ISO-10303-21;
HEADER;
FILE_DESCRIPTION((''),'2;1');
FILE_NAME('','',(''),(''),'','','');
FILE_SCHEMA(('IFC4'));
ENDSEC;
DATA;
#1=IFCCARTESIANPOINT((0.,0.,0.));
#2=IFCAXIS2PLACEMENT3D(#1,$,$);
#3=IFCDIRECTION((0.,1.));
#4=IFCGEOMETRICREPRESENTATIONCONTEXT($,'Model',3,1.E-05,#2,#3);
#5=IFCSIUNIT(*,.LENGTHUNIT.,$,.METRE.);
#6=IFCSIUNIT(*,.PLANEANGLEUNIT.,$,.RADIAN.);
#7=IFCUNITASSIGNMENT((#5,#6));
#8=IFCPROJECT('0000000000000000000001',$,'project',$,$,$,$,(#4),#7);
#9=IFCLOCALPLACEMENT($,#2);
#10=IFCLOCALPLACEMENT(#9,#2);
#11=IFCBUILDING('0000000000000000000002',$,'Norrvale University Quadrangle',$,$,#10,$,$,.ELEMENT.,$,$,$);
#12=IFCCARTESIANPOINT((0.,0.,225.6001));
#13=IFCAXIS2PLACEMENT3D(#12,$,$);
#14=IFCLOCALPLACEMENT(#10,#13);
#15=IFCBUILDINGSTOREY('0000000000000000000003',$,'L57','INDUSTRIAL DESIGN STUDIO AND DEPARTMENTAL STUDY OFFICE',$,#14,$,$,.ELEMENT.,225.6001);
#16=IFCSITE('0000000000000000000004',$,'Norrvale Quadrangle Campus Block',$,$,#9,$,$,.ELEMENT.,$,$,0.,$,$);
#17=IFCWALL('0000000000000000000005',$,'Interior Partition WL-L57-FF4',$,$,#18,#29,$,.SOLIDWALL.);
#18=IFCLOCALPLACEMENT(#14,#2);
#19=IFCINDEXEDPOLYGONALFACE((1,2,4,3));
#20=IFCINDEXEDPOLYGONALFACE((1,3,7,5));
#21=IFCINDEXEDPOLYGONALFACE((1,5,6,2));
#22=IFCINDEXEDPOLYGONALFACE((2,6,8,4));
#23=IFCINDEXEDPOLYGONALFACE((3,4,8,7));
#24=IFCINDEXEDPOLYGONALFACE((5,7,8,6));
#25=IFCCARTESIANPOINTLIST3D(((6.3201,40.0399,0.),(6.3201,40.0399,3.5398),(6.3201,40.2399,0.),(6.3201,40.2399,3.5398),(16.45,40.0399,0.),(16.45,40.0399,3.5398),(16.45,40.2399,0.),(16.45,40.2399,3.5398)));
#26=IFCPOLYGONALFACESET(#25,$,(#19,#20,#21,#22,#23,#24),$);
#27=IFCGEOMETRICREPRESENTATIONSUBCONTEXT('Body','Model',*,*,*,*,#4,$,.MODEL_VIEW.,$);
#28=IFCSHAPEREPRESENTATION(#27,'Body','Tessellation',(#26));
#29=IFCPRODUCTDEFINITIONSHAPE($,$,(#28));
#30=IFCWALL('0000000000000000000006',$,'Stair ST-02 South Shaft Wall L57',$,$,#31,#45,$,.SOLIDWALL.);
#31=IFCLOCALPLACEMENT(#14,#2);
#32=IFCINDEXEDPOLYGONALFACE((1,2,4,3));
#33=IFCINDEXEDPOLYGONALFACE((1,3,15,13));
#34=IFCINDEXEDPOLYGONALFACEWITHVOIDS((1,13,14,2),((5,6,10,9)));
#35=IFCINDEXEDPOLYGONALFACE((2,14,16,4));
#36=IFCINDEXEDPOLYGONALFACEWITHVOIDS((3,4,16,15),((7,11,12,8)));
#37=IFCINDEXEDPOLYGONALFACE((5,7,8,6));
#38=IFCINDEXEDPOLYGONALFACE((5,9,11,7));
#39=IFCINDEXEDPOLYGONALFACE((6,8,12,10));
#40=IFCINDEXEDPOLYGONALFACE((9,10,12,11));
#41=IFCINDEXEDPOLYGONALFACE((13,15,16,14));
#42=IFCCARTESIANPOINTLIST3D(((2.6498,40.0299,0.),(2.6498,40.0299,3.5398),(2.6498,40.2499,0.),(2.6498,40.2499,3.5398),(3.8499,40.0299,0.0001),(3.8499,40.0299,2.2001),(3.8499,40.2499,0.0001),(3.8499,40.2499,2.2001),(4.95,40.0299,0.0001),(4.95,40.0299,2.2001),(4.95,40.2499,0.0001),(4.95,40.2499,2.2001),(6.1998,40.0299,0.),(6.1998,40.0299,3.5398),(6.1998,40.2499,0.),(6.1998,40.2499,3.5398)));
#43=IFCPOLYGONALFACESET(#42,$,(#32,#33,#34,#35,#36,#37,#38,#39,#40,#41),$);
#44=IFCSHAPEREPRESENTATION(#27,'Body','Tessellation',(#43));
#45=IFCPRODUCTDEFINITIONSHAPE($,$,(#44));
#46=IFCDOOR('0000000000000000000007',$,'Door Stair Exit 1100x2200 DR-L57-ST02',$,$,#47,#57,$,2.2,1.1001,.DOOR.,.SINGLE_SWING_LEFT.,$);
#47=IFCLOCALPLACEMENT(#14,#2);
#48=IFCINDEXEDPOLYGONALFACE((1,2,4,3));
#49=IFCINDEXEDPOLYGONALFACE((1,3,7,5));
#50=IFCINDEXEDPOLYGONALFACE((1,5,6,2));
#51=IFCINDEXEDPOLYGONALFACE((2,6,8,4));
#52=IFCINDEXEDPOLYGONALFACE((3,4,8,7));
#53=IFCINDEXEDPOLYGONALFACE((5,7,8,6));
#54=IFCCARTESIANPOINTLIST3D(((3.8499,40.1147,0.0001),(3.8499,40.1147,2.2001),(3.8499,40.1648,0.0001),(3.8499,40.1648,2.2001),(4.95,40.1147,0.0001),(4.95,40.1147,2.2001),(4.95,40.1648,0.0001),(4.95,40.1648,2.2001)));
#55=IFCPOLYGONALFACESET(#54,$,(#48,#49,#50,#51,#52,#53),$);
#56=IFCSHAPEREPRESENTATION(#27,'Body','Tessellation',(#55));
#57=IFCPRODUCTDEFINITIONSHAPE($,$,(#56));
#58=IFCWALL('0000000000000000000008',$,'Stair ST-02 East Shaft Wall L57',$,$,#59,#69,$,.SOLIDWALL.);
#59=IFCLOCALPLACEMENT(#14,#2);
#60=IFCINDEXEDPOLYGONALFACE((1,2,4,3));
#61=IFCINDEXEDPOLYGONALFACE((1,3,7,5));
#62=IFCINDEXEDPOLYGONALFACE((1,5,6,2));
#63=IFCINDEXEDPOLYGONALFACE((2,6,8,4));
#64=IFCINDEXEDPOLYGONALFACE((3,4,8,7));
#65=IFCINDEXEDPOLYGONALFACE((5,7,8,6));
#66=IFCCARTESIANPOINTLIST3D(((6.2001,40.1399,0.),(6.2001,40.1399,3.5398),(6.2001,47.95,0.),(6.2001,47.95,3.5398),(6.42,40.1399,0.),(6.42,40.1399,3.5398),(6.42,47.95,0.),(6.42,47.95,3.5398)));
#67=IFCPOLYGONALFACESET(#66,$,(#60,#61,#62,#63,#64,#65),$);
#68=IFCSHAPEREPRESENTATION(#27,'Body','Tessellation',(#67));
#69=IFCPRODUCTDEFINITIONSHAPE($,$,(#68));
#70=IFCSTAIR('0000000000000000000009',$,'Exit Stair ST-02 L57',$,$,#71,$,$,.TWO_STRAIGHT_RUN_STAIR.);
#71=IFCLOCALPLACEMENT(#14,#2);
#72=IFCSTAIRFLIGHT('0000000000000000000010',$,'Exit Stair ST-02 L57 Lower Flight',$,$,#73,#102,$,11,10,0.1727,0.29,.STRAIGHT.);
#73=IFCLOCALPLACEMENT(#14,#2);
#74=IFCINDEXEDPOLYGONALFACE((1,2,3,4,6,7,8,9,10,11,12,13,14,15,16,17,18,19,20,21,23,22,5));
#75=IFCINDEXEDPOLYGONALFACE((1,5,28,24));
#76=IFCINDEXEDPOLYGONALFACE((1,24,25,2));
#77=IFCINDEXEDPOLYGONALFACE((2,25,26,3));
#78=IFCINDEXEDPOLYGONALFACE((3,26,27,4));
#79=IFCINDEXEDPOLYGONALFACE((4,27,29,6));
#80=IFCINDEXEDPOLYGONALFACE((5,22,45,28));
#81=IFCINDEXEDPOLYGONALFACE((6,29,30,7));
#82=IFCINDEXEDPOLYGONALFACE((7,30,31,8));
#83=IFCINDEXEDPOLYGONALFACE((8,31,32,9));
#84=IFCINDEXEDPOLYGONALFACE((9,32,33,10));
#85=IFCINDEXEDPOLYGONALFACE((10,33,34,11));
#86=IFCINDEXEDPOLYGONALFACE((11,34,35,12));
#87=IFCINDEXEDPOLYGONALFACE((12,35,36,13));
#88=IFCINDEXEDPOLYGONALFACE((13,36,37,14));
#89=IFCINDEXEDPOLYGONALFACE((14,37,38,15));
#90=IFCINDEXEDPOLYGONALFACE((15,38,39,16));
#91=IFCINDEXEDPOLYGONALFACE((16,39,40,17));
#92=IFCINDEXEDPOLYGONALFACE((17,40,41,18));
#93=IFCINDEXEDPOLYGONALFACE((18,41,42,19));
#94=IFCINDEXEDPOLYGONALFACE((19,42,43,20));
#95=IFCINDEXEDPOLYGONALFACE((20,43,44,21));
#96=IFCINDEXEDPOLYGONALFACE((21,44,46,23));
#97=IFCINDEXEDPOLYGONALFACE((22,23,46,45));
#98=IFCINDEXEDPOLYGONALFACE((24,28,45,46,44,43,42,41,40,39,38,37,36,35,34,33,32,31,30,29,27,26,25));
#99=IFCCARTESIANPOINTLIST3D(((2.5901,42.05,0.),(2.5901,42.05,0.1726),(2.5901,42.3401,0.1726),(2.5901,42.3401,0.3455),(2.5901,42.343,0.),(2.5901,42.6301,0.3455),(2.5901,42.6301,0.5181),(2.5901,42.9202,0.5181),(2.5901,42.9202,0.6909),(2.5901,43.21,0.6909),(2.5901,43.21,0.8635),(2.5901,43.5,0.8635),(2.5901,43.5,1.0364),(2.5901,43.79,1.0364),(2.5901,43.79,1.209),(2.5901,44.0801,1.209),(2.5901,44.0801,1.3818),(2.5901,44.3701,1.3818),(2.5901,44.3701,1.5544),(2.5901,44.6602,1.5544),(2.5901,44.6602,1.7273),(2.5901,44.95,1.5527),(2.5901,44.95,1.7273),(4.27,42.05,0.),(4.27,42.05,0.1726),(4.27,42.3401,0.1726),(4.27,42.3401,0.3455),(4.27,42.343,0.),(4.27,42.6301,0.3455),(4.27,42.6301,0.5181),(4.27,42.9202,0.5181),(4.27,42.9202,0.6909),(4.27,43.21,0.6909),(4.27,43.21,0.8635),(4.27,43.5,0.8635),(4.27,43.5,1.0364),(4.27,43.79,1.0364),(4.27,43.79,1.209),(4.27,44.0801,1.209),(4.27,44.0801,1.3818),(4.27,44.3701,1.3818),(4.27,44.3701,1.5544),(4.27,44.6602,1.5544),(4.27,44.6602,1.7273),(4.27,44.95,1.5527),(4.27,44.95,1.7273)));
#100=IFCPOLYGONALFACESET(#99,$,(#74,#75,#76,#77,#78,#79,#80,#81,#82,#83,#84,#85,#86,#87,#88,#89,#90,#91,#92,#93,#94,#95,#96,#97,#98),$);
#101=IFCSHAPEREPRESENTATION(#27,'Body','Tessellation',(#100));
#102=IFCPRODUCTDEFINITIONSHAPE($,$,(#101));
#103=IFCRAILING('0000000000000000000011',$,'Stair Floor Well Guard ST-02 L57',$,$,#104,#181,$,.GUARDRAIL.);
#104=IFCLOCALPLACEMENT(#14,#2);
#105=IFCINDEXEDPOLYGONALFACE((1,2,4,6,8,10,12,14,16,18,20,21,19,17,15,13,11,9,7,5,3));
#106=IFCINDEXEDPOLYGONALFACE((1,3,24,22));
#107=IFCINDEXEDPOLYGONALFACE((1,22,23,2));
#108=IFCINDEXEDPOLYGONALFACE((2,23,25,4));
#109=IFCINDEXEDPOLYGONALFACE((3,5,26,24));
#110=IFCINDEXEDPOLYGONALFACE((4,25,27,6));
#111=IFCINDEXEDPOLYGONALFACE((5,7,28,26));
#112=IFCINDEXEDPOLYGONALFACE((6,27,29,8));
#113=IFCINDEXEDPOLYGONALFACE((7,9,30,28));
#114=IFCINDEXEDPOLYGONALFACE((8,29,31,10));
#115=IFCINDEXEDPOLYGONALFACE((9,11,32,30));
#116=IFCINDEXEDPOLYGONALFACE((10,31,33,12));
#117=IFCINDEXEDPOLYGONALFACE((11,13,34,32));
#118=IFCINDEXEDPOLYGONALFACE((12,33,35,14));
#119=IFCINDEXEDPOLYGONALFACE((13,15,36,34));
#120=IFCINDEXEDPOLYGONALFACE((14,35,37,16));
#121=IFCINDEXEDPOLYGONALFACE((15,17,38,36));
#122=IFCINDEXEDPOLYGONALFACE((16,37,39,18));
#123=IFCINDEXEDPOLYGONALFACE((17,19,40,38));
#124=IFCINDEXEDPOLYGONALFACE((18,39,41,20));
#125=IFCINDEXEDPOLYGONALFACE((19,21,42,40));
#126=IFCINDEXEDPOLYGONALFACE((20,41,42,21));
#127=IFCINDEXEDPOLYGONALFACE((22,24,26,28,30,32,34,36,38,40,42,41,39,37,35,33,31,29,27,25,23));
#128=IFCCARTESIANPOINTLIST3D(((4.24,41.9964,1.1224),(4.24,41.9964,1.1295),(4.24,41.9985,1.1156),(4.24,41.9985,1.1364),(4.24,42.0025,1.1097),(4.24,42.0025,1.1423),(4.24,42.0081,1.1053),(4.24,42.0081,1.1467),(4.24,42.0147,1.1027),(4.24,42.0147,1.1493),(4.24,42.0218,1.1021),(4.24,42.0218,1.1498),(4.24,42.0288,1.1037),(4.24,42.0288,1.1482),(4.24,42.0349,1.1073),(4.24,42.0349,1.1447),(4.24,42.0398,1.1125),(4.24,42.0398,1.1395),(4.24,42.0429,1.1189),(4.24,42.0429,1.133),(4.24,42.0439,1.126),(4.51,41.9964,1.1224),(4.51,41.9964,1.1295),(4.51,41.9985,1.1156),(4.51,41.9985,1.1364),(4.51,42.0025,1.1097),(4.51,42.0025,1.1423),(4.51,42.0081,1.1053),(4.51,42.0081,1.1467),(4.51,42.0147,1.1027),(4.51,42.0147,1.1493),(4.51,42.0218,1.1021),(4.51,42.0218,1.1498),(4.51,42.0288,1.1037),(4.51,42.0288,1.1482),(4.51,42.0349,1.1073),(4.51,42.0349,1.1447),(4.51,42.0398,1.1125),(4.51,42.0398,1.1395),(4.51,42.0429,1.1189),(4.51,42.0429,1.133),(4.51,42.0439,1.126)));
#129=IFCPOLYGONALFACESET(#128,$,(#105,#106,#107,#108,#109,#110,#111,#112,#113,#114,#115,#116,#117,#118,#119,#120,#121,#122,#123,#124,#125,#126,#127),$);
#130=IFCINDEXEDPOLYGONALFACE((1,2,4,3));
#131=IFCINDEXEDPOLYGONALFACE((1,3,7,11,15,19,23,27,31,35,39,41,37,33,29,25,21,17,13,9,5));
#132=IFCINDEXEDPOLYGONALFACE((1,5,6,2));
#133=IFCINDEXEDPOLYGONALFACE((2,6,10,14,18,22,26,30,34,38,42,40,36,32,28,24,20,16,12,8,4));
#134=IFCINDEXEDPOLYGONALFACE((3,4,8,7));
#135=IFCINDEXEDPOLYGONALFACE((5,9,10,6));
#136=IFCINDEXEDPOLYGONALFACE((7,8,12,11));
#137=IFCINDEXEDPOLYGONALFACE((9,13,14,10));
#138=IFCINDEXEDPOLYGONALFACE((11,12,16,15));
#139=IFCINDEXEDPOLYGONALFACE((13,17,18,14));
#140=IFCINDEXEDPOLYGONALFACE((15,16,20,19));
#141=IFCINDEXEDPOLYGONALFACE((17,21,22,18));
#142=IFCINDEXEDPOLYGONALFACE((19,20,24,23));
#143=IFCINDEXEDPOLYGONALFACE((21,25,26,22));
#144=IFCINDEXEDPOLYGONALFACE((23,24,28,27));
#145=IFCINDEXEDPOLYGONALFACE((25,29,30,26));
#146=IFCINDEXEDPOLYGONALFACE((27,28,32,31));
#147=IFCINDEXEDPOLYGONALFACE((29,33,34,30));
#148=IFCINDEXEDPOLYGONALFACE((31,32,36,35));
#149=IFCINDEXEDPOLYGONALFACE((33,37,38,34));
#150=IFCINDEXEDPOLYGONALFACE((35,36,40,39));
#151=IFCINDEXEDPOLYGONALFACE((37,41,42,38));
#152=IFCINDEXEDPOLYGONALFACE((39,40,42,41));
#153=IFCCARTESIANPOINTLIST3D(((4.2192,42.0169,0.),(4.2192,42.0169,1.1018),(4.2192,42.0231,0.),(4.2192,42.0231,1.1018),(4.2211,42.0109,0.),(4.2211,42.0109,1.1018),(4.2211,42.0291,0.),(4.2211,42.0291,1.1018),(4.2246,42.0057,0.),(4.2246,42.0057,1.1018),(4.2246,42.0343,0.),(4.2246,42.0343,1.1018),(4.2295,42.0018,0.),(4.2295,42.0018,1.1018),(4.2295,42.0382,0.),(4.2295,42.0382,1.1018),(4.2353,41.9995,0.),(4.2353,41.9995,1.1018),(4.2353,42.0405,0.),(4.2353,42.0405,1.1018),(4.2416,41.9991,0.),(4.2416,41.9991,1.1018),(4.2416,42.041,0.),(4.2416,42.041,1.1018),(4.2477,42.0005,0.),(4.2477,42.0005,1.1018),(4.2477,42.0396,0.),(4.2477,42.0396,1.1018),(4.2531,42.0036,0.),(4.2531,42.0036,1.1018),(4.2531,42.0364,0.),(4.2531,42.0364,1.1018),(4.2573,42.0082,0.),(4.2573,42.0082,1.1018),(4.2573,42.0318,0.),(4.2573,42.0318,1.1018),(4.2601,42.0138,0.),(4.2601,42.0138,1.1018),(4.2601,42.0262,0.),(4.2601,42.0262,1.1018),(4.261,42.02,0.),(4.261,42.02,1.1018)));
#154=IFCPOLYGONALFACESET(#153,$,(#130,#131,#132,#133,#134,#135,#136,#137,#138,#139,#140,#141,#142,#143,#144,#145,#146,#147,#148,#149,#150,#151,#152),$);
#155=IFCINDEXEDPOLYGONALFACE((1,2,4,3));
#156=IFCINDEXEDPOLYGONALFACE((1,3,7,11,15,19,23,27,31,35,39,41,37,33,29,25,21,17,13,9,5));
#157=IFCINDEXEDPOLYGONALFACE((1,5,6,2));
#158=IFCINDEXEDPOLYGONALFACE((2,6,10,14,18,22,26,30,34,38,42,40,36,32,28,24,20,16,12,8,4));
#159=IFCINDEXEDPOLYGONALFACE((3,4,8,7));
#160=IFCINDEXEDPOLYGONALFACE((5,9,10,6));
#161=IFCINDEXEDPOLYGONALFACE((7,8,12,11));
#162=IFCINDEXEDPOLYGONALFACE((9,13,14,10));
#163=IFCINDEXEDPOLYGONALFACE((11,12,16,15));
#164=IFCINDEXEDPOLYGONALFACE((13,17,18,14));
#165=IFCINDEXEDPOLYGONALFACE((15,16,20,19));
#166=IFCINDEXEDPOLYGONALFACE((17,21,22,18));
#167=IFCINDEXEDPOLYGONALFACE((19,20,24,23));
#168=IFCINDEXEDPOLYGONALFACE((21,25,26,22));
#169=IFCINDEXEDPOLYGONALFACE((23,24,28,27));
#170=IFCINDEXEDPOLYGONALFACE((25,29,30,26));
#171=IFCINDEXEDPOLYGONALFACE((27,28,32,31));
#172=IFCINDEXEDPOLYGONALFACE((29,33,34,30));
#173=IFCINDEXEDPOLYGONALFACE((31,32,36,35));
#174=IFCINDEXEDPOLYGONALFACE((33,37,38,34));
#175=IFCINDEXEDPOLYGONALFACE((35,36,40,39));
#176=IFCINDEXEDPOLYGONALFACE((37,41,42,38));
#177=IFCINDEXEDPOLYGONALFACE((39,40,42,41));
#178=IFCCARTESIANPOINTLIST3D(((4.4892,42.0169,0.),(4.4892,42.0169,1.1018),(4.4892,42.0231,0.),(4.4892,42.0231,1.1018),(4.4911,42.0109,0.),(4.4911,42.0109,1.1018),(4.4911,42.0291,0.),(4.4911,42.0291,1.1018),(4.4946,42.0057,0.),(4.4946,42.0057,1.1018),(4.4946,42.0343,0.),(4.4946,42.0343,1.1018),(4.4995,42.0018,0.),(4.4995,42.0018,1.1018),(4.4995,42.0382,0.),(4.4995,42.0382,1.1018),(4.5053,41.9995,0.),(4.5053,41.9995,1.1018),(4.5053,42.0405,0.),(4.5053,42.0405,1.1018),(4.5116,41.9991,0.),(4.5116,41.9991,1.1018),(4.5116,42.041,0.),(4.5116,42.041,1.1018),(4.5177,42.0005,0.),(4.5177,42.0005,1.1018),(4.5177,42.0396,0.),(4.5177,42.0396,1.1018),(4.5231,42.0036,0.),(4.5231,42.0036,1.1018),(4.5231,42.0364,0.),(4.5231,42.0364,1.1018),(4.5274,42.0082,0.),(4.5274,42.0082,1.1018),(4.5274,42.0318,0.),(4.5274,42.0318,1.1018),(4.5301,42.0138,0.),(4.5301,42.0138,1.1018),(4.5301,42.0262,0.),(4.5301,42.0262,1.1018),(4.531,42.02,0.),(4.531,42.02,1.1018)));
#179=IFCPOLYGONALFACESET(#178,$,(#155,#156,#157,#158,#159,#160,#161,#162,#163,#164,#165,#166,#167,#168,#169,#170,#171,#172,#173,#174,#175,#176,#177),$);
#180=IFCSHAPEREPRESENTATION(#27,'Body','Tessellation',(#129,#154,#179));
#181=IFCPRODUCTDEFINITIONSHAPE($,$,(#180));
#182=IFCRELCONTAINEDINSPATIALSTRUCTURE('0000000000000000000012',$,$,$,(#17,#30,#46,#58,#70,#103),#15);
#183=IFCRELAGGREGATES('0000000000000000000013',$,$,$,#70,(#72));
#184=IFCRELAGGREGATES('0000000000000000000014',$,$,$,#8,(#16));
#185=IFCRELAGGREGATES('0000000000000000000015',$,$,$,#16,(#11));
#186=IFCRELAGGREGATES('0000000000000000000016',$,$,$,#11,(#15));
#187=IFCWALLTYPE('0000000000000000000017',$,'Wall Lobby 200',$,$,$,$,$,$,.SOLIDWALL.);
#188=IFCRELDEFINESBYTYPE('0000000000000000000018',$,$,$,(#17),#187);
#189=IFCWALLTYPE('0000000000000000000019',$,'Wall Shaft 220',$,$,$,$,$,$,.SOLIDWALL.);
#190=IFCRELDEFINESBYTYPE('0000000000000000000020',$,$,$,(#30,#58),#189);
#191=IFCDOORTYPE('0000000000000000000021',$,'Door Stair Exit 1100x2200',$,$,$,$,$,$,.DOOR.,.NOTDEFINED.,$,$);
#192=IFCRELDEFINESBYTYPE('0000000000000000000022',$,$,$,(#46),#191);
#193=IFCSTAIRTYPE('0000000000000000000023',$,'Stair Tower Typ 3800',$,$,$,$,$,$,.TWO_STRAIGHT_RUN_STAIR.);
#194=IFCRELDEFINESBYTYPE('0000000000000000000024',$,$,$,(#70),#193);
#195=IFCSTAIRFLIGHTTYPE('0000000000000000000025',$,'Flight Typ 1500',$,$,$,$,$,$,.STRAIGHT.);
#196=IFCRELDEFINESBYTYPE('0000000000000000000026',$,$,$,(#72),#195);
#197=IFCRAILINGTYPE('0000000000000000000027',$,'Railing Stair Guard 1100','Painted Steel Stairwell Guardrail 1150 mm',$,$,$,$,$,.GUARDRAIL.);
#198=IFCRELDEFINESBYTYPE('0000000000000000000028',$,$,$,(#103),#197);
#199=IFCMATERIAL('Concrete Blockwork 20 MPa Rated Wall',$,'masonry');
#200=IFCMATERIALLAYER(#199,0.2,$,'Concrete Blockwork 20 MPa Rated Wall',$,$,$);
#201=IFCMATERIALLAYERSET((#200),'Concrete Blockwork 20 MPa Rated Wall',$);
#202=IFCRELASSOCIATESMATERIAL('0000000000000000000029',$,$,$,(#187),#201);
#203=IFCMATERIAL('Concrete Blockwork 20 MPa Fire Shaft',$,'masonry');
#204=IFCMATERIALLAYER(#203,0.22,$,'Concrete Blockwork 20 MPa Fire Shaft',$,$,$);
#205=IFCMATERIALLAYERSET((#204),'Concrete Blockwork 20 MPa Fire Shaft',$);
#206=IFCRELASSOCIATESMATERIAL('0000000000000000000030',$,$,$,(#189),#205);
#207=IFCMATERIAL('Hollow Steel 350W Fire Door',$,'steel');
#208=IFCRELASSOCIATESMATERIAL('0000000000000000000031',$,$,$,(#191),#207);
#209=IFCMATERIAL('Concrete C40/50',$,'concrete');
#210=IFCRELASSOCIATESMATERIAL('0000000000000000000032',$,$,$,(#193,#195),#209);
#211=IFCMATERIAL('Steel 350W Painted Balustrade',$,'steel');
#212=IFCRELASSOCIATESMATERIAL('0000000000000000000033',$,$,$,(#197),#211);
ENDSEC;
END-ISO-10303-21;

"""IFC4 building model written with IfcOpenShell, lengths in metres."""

from ifc_helpers import new_model, si_unit, direction, frame, frame_2d, origin, origin_2d, place, context, subcontext, project, spatial, polyline, rectangle, circle, outline, extrude, material, layer, layer_set, type_object, element, fill, aggregate, save


model = new_model("IFC4")

# Units and contexts
model_context = context("Model", 3, precision=1e-05, world=origin(), true_north=direction((0.0, 1.0)))
body_context = subcontext(model_context, "Body", "Model", "MODEL_VIEW")
ifc_project = project(units=[si_unit("LENGTHUNIT", "METRE"), si_unit("PLANEANGLEUNIT", "RADIAN")], contexts=[model_context])

# Site, building, storey
site_placement = place(None, origin())
site = spatial("IfcSite", under=ifc_project, at=site_placement, Name="Norrvale Quadrangle Campus Block", CompositionType="ELEMENT", RefElevation=0.0)
building_placement = place(site_placement, origin())
building = spatial("IfcBuilding", under=site, at=building_placement, Name="Norrvale University Quadrangle", CompositionType="ELEMENT")
storey_placement = place(building_placement, frame((0.0, 0.0, 225.6001)))
storey = spatial("IfcBuildingStorey", under=building, at=storey_placement, Name="L57", Description="INDUSTRIAL DESIGN STUDIO AND DEPARTMENTAL STUDY OFFICE", CompositionType="ELEMENT", Elevation=225.6001)

# Wall
ifc_material_1 = material(Name="Concrete Blockwork 20 MPa Rated Wall", Category="masonry")
ifc_layer_1 = layer(ifc_material_1, 0.2, Name="Concrete Blockwork 20 MPa Rated Wall")
ifc_layer_set_1 = layer_set([ifc_layer_1], Name="Concrete Blockwork 20 MPa Rated Wall")
wall_type_1 = type_object("IfcWallType", Name="Wall Lobby 200", PredefinedType="SOLIDWALL", material=ifc_layer_set_1)
wall_1_placement = place(storey_placement, frame((6.3201, 40.1399, 0.0), z_axis=(0.0, 0.0, 1.0), x_axis=(1.0, 0.0, 0.0)))
element("IfcWall", 1, at=wall_1_placement, inside=storey, type_object=wall_type_1, Name="Interior Partition WL-L57-FF4", PredefinedType="SOLIDWALL", context=body_context, shape_type="SweptSolid", body=[
    extrude(rectangle(XDim=10.1299, YDim=0.2, at=frame_2d((5.0649, 0.0))), origin(), (0.0, 0.0, 1.0), 3.5398),
])

# Wall, opening, door
ifc_material_2 = material(Name="Concrete Blockwork 20 MPa Fire Shaft", Category="masonry")
ifc_layer_2 = layer(ifc_material_2, 0.22, Name="Concrete Blockwork 20 MPa Fire Shaft")
ifc_layer_set_2 = layer_set([ifc_layer_2], Name="Concrete Blockwork 20 MPa Fire Shaft")
wall_type_2 = type_object("IfcWallType", Name="Wall Shaft 220", PredefinedType="SOLIDWALL", material=ifc_layer_set_2)
wall_2_placement = place(storey_placement, frame((2.6499, 40.1399, 0.0), z_axis=(0.0, 0.0, 1.0), x_axis=(1.0, 0.0, 0.0)))
wall_2 = element("IfcWall", 2, at=wall_2_placement, inside=storey, type_object=wall_type_2, Name="Stair ST-02 South Shaft Wall L57", PredefinedType="SOLIDWALL", context=body_context, shape_type="SweptSolid", body=[
    extrude(rectangle(XDim=3.55, YDim=0.22, at=frame_2d((1.7749, 0.0))), origin(), (0.0, 0.0, 1.0), 3.5398),
])
opening_placement = place(wall_2_placement, frame((1.2, 0.0, 0.0)))
opening = element("IfcOpeningElement", 3, at=opening_placement, cuts=wall_2, PredefinedType="OPENING", context=body_context, shape_type="SweptSolid", body=[
    extrude(rectangle(XDim=1.1001, YDim=2.2, at=frame_2d((0.55, 1.1001))), frame((0.0, 0.1221, 0.0), z_axis=(0.0, -1.0, 0.0), x_axis=(1.0, 0.0, 0.0)), (0.0, 0.0, 1.0), 0.2439),
])
ifc_material_3 = material(Name="Hollow Steel 350W Fire Door", Category="steel")
door_type = type_object("IfcDoorType", Name="Door Stair Exit 1100x2200", OperationType="NOTDEFINED", PredefinedType="DOOR", material=ifc_material_3)
door_placement = place(opening_placement, origin())
door = element("IfcDoor", 4, at=door_placement, inside=storey, type_object=door_type, Name="Door Stair Exit 1100x2200 DR-L57-ST02", OperationType="SINGLE_SWING_LEFT", OverallHeight=2.2, OverallWidth=1.1001, PredefinedType="DOOR", context=body_context, shape_type="SweptSolid", body=[
    extrude(rectangle(XDim=1.1001, YDim=2.2, at=frame_2d((0.55, 1.1001))), frame((0.0, 0.0249, 0.0), z_axis=(0.0, -1.0, 0.0), x_axis=(1.0, 0.0, 0.0)), (0.0, 0.0, 1.0), 0.05),
])
fill(opening, door)

# Wall
wall_3_placement = place(storey_placement, frame((6.3101, 40.1399, 0.0), z_axis=(0.0, 0.0, 1.0), x_axis=(0.0, 1.0, 0.0)))
element("IfcWall", 5, at=wall_3_placement, inside=storey, type_object=wall_type_2, Name="Stair ST-02 East Shaft Wall L57", PredefinedType="SOLIDWALL", context=body_context, shape_type="SweptSolid", body=[
    extrude(rectangle(XDim=7.8101, YDim=0.22, at=frame_2d((3.905, 0.0))), origin(), (0.0, 0.0, 1.0), 3.5398),
])

# Stair, stair flight
ifc_material_4 = material(Name="Concrete C40/50", Category="concrete")
stair_type = type_object("IfcStairType", Name="Stair Tower Typ 3800", PredefinedType="TWO_STRAIGHT_RUN_STAIR", material=ifc_material_4)
stair_placement = place(storey_placement, origin())
stair = element("IfcStair", 6, at=stair_placement, inside=storey, type_object=stair_type, Name="Exit Stair ST-02 L57", PredefinedType="TWO_STRAIGHT_RUN_STAIR")
stair_flight_type = type_object("IfcStairFlightType", Name="Flight Typ 1500", PredefinedType="STRAIGHT", material=ifc_material_4)
stair_flight_placement = place(storey_placement, frame((3.4299, 42.05, 0.0), z_axis=(0.0, 0.0, 1.0), x_axis=(0.0, 1.0, 0.0)))
stair_flight = element("IfcStairFlight", 7, at=stair_flight_placement, type_object=stair_flight_type, Name="Exit Stair ST-02 L57 Lower Flight", NumberOfRisers=11, NumberOfTreads=10, PredefinedType="STRAIGHT", RiserHeight=0.1727, TreadLength=0.29, context=body_context, shape_type="SweptSolid", body=[
    extrude(outline(polyline([(0.0, 0.0), (0.0, 0.1726), (0.29, 0.1726), (0.29, 0.3455), (0.5801, 0.3455), (0.5801, 0.5181), (0.8701, 0.5181), (0.8701, 0.6909), (1.1599, 0.6909), (1.1599, 0.8635), (1.45, 0.8635), (1.45, 1.0364), (1.74, 1.0364), (1.74, 1.209), (2.03, 1.209), (2.03, 1.3818), (2.3201, 1.3818), (2.3201, 1.5544), (2.6101, 1.5544), (2.6101, 1.7273), (2.8999, 1.7273), (2.8999, 1.8999), (2.8999, 1.5527), (0.293, 0.0), (0.0, 0.0)])), frame((0.0, 0.8398, 0.0), z_axis=(0.0, -1.0, 0.0), x_axis=(1.0, 0.0, 0.0)), (0.0, 0.0, 1.0), 1.6799),
])
aggregate(stair, [stair_flight])

# Railing
ifc_material_5 = material(Name="Steel 350W Painted Balustrade", Category="steel")
railing_type_1 = type_object("IfcRailingType", Name="Railing Stair Guard 1100", Description="Painted Steel Stairwell Guardrail 1150 mm", PredefinedType="GUARDRAIL", material=ifc_material_5)
railing_1_placement = place(storey_placement, frame((4.24, 42.02, 0.0)))
element("IfcRailing", 8, at=railing_1_placement, inside=storey, type_object=railing_type_1, Name="Stair Floor Well Guard ST-02 L57", PredefinedType="GUARDRAIL", context=body_context, shape_type="SweptSolid", body=[
    extrude(circle(Radius=0.0239, at=origin_2d()), frame((0.0, 0.0, 1.126), z_axis=(1.0, 0.0, 0.0), x_axis=(0.0, 1.0, 0.0)), (0.0, 0.0, 1.0), 0.27),
    extrude(circle(Radius=0.021, at=origin_2d()), origin(), (0.0, 0.0, 1.0), 1.1018),
    extrude(circle(Radius=0.021, at=origin_2d()), frame((0.27, 0.0, 0.0)), (0.0, 0.0, 1.0), 1.1018),
])

save(model, "model.ifc")
